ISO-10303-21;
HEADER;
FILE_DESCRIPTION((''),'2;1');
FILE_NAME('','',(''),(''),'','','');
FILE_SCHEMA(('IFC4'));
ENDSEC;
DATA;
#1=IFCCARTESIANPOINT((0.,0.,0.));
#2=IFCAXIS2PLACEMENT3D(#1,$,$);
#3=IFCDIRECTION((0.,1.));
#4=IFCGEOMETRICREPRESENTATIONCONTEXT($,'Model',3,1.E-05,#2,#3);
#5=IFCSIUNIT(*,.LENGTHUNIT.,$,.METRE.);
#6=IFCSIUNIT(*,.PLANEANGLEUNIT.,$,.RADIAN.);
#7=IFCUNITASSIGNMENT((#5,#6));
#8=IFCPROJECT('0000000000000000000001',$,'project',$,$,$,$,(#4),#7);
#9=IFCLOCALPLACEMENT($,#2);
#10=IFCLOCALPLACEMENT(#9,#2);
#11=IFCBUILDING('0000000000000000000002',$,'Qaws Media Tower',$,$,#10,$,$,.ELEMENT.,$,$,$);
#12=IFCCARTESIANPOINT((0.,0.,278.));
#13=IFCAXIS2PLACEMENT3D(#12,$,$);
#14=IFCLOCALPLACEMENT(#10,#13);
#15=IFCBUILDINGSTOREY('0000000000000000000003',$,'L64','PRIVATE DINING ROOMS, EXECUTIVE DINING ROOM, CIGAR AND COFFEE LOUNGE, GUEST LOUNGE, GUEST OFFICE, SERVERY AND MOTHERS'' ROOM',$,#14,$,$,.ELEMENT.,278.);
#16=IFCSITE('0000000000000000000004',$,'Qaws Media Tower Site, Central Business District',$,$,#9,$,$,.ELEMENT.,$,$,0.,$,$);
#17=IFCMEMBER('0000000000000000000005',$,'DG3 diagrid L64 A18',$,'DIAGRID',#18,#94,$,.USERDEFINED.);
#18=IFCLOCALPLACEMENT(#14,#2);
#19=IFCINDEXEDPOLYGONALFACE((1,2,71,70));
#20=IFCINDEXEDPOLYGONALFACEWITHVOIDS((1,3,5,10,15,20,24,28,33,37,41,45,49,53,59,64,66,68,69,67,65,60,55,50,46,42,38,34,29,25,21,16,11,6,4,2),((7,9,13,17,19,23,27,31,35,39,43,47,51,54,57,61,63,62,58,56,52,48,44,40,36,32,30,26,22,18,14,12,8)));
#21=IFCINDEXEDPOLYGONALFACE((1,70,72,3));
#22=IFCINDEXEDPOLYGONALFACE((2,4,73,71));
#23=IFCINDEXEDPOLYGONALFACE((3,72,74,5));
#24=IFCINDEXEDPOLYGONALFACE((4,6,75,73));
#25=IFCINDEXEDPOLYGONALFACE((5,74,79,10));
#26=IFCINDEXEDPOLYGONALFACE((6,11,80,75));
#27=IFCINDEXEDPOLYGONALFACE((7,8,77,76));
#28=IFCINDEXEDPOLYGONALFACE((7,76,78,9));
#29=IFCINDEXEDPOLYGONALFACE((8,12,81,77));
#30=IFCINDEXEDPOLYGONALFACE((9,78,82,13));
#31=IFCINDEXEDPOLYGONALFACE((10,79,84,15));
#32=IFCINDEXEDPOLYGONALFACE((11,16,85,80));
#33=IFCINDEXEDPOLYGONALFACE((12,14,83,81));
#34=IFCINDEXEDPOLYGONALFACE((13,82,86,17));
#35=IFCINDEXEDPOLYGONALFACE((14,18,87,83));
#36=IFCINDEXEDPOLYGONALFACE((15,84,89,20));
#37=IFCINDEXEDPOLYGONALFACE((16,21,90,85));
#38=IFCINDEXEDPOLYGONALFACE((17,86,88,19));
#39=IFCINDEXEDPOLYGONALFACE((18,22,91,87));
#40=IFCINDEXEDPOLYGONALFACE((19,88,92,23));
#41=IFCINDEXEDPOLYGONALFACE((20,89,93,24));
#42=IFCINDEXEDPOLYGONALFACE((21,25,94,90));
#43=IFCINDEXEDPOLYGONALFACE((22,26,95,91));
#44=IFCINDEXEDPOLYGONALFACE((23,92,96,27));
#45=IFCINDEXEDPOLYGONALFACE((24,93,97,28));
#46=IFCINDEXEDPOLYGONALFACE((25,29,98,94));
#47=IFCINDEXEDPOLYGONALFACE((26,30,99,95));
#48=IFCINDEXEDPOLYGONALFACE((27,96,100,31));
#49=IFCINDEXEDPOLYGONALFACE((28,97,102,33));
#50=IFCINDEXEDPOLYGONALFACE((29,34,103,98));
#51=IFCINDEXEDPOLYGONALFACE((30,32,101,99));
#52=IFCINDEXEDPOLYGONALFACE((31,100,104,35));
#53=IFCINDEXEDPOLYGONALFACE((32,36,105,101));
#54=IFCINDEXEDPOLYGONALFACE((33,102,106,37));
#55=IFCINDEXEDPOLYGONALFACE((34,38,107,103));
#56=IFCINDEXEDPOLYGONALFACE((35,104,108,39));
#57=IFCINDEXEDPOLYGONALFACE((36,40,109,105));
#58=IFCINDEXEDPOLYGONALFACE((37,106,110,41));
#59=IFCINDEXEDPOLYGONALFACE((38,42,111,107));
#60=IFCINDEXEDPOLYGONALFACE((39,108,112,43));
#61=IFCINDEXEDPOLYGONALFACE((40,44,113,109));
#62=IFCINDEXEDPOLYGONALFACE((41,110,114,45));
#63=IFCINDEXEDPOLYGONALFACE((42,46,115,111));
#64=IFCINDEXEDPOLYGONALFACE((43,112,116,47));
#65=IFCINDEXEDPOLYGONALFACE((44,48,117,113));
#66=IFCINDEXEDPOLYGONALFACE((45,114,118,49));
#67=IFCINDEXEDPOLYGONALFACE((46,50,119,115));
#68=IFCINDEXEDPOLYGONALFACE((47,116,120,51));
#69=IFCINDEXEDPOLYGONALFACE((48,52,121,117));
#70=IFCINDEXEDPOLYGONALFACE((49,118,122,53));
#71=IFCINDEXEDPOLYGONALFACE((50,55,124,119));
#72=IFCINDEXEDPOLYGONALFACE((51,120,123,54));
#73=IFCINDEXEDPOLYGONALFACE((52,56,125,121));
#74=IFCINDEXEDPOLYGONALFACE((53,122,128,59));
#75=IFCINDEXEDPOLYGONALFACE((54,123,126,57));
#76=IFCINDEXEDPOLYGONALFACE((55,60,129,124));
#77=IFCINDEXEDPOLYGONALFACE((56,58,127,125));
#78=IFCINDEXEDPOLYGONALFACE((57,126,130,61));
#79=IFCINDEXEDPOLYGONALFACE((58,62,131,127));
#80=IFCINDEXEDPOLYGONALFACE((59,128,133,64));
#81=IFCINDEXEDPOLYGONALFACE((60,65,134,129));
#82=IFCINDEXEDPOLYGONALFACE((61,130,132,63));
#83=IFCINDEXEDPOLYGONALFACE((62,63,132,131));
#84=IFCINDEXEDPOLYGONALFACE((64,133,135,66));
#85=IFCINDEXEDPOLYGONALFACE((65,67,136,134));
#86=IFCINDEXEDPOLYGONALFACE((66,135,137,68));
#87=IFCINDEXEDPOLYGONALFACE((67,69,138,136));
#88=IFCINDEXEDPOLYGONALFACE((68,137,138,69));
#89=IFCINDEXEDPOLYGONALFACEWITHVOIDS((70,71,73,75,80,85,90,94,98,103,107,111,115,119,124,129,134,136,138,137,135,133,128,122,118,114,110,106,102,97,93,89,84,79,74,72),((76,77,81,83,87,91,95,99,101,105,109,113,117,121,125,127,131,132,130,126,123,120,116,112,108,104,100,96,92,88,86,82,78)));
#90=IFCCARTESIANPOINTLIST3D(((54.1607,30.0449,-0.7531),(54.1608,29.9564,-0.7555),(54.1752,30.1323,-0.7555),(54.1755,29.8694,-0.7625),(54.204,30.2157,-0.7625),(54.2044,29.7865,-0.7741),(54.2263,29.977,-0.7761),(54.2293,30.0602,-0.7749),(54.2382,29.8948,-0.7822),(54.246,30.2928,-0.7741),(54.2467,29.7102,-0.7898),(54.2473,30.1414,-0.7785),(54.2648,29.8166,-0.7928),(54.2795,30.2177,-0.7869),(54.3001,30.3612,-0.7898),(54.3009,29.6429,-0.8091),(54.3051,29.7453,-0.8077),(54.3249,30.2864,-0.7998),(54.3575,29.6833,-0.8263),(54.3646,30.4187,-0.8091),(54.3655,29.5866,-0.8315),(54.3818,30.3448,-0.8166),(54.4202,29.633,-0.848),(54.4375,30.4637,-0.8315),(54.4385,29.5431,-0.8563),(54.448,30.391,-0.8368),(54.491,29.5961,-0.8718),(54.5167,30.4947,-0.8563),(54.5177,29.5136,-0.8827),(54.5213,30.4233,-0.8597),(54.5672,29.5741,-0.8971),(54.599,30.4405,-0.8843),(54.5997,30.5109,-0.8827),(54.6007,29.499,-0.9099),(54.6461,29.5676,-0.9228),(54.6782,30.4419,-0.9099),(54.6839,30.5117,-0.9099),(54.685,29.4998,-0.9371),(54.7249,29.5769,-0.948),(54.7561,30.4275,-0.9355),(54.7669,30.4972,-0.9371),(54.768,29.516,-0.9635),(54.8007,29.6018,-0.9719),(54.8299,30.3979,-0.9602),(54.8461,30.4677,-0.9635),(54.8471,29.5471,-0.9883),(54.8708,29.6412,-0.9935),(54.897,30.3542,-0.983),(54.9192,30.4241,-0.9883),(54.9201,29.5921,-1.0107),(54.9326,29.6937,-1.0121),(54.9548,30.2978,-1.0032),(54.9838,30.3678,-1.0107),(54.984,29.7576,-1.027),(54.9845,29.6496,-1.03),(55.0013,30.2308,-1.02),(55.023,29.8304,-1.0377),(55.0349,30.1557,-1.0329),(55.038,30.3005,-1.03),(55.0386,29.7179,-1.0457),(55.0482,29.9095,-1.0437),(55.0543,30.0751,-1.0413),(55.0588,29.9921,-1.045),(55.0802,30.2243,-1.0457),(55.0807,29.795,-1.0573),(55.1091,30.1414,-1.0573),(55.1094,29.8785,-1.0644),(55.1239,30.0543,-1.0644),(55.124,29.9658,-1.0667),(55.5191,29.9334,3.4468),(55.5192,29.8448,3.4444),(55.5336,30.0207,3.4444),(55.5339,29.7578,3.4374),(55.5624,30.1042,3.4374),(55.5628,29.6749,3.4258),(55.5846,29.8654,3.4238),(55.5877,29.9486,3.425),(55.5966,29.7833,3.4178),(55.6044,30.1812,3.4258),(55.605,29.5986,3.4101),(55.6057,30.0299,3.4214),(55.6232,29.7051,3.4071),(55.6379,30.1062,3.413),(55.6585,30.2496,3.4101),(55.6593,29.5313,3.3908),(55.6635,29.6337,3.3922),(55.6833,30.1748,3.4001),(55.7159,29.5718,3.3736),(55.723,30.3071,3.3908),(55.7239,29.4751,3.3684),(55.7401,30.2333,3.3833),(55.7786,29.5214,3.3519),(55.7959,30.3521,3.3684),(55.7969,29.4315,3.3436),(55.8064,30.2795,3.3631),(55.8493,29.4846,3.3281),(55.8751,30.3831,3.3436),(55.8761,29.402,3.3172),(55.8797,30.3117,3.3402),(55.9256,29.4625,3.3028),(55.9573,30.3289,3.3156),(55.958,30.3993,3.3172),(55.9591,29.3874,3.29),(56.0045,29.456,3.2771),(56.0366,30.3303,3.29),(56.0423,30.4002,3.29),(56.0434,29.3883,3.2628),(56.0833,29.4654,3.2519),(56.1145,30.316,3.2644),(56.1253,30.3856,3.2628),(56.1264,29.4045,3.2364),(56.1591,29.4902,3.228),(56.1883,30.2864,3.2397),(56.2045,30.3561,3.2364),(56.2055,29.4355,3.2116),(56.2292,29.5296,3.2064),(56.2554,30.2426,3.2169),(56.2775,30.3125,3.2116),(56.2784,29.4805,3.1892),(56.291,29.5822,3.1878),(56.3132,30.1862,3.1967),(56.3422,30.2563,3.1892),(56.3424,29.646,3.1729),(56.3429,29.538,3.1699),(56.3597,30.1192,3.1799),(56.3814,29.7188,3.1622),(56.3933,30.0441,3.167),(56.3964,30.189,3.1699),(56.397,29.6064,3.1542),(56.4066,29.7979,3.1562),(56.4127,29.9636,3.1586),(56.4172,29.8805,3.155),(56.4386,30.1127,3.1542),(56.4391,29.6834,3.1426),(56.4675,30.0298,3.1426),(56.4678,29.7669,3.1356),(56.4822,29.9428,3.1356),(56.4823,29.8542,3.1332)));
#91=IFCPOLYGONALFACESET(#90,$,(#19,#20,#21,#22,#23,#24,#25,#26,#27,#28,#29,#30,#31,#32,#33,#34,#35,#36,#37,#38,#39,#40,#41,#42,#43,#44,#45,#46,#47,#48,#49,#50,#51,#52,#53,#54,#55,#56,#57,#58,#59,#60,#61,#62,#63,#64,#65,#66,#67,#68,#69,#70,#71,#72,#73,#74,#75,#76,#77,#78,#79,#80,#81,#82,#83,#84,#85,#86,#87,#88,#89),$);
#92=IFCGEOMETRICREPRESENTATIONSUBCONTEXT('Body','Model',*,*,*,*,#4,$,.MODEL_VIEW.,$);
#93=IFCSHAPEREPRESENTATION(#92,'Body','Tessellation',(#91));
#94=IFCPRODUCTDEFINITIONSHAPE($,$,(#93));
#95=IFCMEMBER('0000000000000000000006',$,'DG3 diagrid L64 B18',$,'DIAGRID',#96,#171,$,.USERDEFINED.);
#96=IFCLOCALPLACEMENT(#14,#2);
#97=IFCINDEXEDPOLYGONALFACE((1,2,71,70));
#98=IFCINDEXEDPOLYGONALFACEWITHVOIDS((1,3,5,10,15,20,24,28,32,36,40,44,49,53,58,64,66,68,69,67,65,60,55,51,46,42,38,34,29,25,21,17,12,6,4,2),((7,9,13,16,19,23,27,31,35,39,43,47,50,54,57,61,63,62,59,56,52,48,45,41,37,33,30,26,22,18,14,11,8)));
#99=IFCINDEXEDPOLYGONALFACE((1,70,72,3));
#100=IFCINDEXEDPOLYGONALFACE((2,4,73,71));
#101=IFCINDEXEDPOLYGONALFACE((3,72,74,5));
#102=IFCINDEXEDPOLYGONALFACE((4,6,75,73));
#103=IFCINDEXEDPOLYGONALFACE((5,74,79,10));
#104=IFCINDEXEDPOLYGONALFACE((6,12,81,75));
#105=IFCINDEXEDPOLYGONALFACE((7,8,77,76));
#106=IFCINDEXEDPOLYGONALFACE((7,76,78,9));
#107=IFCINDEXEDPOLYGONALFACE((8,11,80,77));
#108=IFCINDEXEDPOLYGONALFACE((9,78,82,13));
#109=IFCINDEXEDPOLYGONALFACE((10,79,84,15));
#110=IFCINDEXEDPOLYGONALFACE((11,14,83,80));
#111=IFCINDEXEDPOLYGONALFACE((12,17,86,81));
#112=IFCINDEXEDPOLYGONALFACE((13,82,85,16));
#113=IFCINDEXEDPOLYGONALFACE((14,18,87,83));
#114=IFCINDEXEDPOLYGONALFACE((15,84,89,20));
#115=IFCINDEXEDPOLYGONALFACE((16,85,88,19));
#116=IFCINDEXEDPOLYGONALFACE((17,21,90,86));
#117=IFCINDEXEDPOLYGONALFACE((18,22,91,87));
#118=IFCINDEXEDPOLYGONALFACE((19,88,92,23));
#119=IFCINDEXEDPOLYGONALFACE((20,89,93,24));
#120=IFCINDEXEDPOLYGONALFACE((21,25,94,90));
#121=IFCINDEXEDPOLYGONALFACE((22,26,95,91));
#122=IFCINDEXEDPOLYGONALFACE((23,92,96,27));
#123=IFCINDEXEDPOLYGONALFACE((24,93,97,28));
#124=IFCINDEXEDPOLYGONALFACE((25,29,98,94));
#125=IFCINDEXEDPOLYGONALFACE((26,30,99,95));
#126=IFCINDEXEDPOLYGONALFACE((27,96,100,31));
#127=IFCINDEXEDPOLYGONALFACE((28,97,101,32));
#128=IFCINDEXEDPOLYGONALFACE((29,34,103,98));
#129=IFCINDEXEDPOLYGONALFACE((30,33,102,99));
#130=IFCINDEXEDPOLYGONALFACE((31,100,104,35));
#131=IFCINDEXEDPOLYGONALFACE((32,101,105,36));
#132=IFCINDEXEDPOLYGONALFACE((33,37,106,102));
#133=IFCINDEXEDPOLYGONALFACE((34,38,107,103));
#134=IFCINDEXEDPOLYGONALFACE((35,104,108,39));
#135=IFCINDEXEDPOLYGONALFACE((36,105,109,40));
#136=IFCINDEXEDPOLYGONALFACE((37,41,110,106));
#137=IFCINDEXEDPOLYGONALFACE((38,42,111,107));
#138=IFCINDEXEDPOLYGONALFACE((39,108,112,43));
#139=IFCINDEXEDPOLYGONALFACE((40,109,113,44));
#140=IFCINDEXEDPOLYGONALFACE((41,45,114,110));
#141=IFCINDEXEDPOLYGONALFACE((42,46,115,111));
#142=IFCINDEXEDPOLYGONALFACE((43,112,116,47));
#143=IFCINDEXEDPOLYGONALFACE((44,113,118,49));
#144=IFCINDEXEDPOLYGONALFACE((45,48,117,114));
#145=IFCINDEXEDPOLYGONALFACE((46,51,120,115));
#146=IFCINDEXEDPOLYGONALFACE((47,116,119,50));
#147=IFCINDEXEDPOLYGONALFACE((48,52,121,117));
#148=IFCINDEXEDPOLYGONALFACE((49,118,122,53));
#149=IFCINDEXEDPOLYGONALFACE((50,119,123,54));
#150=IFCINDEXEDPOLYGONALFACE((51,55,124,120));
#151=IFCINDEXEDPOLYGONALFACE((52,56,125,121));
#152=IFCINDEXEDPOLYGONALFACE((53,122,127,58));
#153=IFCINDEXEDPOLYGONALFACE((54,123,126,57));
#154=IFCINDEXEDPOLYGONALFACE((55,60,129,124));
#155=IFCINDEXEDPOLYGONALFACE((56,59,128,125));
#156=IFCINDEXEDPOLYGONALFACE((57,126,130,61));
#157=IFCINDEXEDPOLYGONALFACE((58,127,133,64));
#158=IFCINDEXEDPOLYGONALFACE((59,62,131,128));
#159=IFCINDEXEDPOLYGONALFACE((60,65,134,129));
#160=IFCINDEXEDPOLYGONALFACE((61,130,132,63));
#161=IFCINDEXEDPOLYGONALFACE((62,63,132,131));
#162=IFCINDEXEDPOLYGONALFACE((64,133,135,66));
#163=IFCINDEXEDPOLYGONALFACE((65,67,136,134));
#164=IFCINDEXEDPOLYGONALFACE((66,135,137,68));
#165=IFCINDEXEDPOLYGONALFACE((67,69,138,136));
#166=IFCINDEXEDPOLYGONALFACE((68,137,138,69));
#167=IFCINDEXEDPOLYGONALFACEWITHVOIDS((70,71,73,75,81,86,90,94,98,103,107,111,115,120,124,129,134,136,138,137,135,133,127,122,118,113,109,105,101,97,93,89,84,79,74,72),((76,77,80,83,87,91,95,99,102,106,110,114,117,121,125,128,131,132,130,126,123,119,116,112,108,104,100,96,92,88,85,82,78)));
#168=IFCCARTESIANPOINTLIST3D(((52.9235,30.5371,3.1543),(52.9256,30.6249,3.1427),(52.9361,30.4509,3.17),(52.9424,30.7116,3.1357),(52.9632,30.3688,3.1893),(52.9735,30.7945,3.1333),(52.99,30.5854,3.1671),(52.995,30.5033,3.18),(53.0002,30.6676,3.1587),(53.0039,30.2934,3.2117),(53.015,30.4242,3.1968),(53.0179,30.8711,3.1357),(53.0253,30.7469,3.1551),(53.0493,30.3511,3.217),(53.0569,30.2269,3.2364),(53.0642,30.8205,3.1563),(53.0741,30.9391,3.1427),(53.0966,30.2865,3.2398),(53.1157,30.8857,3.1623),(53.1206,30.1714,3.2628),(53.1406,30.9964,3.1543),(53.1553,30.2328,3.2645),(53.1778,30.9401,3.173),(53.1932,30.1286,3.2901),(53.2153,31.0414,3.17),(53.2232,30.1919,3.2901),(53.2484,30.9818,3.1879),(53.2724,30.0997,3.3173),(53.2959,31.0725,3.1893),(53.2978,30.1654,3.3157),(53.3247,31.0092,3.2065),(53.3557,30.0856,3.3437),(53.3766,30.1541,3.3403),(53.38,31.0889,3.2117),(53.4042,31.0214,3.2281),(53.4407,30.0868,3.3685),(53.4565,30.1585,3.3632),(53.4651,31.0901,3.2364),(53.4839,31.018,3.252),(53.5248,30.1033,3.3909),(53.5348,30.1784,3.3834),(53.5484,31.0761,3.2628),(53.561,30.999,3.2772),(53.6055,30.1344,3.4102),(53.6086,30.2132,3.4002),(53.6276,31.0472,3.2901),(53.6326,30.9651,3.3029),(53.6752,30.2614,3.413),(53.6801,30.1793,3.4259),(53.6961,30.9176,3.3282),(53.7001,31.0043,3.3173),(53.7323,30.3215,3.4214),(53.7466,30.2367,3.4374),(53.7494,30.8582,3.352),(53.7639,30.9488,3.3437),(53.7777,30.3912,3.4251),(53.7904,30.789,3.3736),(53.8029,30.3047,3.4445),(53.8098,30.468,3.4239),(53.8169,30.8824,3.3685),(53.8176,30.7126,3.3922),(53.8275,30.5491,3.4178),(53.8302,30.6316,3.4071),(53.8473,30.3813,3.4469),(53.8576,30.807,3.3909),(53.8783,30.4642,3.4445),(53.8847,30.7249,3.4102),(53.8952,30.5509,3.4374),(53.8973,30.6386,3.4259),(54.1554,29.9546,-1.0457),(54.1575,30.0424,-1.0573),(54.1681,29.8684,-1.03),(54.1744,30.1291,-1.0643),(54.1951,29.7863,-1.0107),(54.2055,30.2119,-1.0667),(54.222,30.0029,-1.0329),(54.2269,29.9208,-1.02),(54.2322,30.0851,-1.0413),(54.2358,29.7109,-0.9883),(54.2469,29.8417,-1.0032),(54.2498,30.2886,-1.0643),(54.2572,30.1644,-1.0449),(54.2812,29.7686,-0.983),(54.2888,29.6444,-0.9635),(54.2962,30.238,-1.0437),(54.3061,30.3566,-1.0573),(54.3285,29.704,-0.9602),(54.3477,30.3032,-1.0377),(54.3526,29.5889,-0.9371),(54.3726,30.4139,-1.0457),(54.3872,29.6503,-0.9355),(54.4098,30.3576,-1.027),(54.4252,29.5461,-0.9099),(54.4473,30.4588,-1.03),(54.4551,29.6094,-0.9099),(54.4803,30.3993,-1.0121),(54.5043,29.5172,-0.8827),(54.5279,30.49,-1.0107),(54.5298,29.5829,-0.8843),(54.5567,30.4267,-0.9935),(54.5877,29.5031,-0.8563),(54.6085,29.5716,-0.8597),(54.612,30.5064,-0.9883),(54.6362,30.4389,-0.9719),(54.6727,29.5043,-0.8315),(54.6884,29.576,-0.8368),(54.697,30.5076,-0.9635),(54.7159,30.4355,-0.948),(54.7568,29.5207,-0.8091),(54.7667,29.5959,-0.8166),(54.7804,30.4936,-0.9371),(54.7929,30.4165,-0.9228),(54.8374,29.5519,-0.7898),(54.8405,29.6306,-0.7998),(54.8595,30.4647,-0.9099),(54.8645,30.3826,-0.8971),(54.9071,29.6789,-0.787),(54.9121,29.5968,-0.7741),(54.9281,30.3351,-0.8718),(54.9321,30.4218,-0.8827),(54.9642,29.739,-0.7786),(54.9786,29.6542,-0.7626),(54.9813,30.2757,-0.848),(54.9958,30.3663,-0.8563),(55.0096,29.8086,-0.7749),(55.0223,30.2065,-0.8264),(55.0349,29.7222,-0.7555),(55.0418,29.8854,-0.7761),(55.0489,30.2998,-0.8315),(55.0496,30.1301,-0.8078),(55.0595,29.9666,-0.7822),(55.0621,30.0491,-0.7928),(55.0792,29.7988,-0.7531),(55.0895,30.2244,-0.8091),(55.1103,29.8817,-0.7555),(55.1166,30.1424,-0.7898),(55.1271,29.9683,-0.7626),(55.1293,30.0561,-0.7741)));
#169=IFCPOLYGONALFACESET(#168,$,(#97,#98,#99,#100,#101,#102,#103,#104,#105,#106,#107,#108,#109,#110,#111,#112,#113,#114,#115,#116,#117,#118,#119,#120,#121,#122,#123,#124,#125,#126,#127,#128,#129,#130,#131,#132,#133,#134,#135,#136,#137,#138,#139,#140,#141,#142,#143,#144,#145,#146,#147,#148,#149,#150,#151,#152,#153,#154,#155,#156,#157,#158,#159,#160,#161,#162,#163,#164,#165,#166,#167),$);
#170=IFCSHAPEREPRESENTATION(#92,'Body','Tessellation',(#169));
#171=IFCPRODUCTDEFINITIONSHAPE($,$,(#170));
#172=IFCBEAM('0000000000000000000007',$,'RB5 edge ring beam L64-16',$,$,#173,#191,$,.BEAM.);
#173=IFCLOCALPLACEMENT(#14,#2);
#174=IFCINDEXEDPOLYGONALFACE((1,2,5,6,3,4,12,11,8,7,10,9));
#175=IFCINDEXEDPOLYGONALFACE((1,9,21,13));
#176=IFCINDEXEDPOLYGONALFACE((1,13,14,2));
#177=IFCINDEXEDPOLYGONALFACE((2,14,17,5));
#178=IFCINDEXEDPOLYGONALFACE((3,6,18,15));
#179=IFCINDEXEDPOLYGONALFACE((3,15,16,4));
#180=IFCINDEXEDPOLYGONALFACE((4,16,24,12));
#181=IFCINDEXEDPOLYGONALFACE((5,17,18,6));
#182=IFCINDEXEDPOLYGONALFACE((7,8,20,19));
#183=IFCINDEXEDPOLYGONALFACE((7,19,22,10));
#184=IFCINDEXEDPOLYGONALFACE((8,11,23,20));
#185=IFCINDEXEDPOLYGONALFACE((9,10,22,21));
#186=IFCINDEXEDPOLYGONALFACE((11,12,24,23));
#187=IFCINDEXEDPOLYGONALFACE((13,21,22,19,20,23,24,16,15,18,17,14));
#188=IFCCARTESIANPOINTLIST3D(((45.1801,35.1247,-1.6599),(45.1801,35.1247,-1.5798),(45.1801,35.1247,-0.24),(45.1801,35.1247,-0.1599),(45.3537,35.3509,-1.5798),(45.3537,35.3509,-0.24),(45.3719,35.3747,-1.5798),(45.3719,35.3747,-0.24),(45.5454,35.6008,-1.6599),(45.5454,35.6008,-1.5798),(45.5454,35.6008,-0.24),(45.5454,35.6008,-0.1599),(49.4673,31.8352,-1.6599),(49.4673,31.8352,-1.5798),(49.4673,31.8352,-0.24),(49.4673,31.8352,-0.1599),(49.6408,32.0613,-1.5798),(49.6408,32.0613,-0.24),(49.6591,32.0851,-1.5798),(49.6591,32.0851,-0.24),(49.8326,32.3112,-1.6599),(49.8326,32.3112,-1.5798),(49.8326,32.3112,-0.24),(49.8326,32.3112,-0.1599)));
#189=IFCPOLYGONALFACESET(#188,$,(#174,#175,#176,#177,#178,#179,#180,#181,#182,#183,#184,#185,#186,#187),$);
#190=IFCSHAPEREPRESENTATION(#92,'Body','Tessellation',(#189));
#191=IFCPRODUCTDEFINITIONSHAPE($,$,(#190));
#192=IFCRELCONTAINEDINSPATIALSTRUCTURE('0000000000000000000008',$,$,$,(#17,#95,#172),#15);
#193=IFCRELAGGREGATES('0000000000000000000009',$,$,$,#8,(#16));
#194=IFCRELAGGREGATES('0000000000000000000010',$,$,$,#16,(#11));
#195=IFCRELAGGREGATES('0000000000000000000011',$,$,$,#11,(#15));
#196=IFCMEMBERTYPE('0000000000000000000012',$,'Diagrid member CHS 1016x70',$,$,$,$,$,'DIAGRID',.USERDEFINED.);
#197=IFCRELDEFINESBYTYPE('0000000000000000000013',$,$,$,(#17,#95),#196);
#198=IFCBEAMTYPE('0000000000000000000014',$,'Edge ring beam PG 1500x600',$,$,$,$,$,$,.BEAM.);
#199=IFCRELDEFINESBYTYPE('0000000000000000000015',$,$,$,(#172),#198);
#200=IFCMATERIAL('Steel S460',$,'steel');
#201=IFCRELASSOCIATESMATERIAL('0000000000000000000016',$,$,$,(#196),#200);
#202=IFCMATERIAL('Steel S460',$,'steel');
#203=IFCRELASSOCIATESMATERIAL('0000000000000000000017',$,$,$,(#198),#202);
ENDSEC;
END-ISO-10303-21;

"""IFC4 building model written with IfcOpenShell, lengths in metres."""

from ifc_helpers import new_model, si_unit, direction, frame, origin, origin_2d, place, context, subcontext, project, spatial, hollow_circle, i_section, extrude, material, material_profile, profile_set, type_object, element, save


model = new_model("IFC4")

# Units and contexts
model_context = context("Model", 3, precision=1e-05, world=origin(), true_north=direction((0.0, 1.0)))
body_context = subcontext(model_context, "Body", "Model", "MODEL_VIEW")
ifc_project = project(units=[si_unit("LENGTHUNIT", "METRE"), si_unit("PLANEANGLEUNIT", "RADIAN")], contexts=[model_context])

# Site, building, storey
site_placement = place(None, origin())
site = spatial("IfcSite", under=ifc_project, at=site_placement, Name="Qaws Media Tower Site, Central Business District", CompositionType="ELEMENT", RefElevation=0.0)
building_placement = place(site_placement, origin())
building = spatial("IfcBuilding", under=site, at=building_placement, Name="Qaws Media Tower", CompositionType="ELEMENT")
storey_placement = place(building_placement, frame((0.0, 0.0, 278.0)))
storey = spatial("IfcBuildingStorey", under=building, at=storey_placement, Name="L64", Description="PRIVATE DINING ROOMS, EXECUTIVE DINING ROOM, CIGAR AND COFFEE LOUNGE, GUEST LOUNGE, GUEST OFFICE, SERVERY AND MOTHERS' ROOM", CompositionType="ELEMENT", Elevation=278.0)

# Members
ifc_material_1 = material(Name="Steel S460", Category="steel")
ifc_material_profile_1 = material_profile(ifc_material_1, hollow_circle(Radius=0.5081, WallThickness=0.0701, at=origin_2d()), Name="CHS 1016x70")
ifc_profile_set_1 = profile_set([ifc_material_profile_1], Name="Steel S460")
member_type_1 = type_object("IfcMemberType", Name="Diagrid member CHS 1016x70", ElementType="DIAGRID", PredefinedType="USERDEFINED", material=ifc_profile_set_1)
for number, where, z_axis, x_axis, name in (
    (1, (54.6423, 30.0054, -0.9099), (0.307638, -0.025268, 0.951168), (0.081859, 0.996644, 0.0), "DG3 diagrid L64 A18"),
    (2, (54.6423, 30.0054, -0.9099), (-0.279002, 0.131926, 0.951185), (-0.42747, -0.904029, 0.0), "DG3 diagrid L64 B18"),
):
    element("IfcMember", number, at=place(storey_placement, frame(where, z_axis=z_axis, x_axis=x_axis)), inside=storey, type_object=member_type_1, Name=name, ObjectType="DIAGRID", PredefinedType="USERDEFINED", context=body_context, shape_type="SweptSolid", body=[
        extrude(hollow_circle(Radius=0.5081, WallThickness=0.0701, at=origin_2d()), origin(), (0.0, 0.0, 1.0), 4.4155),
    ])

# Beam
ifc_material_2 = material(Name="Steel S460", Category="steel")
ifc_material_profile_2 = material_profile(ifc_material_2, i_section(OverallWidth=0.6001, OverallDepth=1.5, WebThickness=0.03, FlangeThickness=0.0801, at=origin_2d()), Name="PG 1500x600")
ifc_profile_set_2 = profile_set([ifc_material_profile_2], Name="Steel S460")
beam_type = type_object("IfcBeamType", Name="Edge ring beam PG 1500x600", PredefinedType="BEAM", material=ifc_profile_set_2)
for number, where, z_axis, x_axis, name in (
    (3, (45.3628, 35.3628, -0.9099), (0.793359, -0.608754, 0.0), (0.608754, 0.793359, 0.0), "RB5 edge ring beam L64-16"),
):
    element("IfcBeam", number, at=place(storey_placement, frame(where, z_axis=z_axis, x_axis=x_axis)), inside=storey, type_object=beam_type, Name=name, PredefinedType="BEAM", context=body_context, shape_type="SweptSolid", body=[
        extrude(i_section(OverallWidth=0.6001, OverallDepth=1.5, WebThickness=0.03, FlangeThickness=0.0801, at=origin_2d()), origin(), (0.0, 0.0, 1.0), 5.4038),
    ])

save(model, "model.ifc")
